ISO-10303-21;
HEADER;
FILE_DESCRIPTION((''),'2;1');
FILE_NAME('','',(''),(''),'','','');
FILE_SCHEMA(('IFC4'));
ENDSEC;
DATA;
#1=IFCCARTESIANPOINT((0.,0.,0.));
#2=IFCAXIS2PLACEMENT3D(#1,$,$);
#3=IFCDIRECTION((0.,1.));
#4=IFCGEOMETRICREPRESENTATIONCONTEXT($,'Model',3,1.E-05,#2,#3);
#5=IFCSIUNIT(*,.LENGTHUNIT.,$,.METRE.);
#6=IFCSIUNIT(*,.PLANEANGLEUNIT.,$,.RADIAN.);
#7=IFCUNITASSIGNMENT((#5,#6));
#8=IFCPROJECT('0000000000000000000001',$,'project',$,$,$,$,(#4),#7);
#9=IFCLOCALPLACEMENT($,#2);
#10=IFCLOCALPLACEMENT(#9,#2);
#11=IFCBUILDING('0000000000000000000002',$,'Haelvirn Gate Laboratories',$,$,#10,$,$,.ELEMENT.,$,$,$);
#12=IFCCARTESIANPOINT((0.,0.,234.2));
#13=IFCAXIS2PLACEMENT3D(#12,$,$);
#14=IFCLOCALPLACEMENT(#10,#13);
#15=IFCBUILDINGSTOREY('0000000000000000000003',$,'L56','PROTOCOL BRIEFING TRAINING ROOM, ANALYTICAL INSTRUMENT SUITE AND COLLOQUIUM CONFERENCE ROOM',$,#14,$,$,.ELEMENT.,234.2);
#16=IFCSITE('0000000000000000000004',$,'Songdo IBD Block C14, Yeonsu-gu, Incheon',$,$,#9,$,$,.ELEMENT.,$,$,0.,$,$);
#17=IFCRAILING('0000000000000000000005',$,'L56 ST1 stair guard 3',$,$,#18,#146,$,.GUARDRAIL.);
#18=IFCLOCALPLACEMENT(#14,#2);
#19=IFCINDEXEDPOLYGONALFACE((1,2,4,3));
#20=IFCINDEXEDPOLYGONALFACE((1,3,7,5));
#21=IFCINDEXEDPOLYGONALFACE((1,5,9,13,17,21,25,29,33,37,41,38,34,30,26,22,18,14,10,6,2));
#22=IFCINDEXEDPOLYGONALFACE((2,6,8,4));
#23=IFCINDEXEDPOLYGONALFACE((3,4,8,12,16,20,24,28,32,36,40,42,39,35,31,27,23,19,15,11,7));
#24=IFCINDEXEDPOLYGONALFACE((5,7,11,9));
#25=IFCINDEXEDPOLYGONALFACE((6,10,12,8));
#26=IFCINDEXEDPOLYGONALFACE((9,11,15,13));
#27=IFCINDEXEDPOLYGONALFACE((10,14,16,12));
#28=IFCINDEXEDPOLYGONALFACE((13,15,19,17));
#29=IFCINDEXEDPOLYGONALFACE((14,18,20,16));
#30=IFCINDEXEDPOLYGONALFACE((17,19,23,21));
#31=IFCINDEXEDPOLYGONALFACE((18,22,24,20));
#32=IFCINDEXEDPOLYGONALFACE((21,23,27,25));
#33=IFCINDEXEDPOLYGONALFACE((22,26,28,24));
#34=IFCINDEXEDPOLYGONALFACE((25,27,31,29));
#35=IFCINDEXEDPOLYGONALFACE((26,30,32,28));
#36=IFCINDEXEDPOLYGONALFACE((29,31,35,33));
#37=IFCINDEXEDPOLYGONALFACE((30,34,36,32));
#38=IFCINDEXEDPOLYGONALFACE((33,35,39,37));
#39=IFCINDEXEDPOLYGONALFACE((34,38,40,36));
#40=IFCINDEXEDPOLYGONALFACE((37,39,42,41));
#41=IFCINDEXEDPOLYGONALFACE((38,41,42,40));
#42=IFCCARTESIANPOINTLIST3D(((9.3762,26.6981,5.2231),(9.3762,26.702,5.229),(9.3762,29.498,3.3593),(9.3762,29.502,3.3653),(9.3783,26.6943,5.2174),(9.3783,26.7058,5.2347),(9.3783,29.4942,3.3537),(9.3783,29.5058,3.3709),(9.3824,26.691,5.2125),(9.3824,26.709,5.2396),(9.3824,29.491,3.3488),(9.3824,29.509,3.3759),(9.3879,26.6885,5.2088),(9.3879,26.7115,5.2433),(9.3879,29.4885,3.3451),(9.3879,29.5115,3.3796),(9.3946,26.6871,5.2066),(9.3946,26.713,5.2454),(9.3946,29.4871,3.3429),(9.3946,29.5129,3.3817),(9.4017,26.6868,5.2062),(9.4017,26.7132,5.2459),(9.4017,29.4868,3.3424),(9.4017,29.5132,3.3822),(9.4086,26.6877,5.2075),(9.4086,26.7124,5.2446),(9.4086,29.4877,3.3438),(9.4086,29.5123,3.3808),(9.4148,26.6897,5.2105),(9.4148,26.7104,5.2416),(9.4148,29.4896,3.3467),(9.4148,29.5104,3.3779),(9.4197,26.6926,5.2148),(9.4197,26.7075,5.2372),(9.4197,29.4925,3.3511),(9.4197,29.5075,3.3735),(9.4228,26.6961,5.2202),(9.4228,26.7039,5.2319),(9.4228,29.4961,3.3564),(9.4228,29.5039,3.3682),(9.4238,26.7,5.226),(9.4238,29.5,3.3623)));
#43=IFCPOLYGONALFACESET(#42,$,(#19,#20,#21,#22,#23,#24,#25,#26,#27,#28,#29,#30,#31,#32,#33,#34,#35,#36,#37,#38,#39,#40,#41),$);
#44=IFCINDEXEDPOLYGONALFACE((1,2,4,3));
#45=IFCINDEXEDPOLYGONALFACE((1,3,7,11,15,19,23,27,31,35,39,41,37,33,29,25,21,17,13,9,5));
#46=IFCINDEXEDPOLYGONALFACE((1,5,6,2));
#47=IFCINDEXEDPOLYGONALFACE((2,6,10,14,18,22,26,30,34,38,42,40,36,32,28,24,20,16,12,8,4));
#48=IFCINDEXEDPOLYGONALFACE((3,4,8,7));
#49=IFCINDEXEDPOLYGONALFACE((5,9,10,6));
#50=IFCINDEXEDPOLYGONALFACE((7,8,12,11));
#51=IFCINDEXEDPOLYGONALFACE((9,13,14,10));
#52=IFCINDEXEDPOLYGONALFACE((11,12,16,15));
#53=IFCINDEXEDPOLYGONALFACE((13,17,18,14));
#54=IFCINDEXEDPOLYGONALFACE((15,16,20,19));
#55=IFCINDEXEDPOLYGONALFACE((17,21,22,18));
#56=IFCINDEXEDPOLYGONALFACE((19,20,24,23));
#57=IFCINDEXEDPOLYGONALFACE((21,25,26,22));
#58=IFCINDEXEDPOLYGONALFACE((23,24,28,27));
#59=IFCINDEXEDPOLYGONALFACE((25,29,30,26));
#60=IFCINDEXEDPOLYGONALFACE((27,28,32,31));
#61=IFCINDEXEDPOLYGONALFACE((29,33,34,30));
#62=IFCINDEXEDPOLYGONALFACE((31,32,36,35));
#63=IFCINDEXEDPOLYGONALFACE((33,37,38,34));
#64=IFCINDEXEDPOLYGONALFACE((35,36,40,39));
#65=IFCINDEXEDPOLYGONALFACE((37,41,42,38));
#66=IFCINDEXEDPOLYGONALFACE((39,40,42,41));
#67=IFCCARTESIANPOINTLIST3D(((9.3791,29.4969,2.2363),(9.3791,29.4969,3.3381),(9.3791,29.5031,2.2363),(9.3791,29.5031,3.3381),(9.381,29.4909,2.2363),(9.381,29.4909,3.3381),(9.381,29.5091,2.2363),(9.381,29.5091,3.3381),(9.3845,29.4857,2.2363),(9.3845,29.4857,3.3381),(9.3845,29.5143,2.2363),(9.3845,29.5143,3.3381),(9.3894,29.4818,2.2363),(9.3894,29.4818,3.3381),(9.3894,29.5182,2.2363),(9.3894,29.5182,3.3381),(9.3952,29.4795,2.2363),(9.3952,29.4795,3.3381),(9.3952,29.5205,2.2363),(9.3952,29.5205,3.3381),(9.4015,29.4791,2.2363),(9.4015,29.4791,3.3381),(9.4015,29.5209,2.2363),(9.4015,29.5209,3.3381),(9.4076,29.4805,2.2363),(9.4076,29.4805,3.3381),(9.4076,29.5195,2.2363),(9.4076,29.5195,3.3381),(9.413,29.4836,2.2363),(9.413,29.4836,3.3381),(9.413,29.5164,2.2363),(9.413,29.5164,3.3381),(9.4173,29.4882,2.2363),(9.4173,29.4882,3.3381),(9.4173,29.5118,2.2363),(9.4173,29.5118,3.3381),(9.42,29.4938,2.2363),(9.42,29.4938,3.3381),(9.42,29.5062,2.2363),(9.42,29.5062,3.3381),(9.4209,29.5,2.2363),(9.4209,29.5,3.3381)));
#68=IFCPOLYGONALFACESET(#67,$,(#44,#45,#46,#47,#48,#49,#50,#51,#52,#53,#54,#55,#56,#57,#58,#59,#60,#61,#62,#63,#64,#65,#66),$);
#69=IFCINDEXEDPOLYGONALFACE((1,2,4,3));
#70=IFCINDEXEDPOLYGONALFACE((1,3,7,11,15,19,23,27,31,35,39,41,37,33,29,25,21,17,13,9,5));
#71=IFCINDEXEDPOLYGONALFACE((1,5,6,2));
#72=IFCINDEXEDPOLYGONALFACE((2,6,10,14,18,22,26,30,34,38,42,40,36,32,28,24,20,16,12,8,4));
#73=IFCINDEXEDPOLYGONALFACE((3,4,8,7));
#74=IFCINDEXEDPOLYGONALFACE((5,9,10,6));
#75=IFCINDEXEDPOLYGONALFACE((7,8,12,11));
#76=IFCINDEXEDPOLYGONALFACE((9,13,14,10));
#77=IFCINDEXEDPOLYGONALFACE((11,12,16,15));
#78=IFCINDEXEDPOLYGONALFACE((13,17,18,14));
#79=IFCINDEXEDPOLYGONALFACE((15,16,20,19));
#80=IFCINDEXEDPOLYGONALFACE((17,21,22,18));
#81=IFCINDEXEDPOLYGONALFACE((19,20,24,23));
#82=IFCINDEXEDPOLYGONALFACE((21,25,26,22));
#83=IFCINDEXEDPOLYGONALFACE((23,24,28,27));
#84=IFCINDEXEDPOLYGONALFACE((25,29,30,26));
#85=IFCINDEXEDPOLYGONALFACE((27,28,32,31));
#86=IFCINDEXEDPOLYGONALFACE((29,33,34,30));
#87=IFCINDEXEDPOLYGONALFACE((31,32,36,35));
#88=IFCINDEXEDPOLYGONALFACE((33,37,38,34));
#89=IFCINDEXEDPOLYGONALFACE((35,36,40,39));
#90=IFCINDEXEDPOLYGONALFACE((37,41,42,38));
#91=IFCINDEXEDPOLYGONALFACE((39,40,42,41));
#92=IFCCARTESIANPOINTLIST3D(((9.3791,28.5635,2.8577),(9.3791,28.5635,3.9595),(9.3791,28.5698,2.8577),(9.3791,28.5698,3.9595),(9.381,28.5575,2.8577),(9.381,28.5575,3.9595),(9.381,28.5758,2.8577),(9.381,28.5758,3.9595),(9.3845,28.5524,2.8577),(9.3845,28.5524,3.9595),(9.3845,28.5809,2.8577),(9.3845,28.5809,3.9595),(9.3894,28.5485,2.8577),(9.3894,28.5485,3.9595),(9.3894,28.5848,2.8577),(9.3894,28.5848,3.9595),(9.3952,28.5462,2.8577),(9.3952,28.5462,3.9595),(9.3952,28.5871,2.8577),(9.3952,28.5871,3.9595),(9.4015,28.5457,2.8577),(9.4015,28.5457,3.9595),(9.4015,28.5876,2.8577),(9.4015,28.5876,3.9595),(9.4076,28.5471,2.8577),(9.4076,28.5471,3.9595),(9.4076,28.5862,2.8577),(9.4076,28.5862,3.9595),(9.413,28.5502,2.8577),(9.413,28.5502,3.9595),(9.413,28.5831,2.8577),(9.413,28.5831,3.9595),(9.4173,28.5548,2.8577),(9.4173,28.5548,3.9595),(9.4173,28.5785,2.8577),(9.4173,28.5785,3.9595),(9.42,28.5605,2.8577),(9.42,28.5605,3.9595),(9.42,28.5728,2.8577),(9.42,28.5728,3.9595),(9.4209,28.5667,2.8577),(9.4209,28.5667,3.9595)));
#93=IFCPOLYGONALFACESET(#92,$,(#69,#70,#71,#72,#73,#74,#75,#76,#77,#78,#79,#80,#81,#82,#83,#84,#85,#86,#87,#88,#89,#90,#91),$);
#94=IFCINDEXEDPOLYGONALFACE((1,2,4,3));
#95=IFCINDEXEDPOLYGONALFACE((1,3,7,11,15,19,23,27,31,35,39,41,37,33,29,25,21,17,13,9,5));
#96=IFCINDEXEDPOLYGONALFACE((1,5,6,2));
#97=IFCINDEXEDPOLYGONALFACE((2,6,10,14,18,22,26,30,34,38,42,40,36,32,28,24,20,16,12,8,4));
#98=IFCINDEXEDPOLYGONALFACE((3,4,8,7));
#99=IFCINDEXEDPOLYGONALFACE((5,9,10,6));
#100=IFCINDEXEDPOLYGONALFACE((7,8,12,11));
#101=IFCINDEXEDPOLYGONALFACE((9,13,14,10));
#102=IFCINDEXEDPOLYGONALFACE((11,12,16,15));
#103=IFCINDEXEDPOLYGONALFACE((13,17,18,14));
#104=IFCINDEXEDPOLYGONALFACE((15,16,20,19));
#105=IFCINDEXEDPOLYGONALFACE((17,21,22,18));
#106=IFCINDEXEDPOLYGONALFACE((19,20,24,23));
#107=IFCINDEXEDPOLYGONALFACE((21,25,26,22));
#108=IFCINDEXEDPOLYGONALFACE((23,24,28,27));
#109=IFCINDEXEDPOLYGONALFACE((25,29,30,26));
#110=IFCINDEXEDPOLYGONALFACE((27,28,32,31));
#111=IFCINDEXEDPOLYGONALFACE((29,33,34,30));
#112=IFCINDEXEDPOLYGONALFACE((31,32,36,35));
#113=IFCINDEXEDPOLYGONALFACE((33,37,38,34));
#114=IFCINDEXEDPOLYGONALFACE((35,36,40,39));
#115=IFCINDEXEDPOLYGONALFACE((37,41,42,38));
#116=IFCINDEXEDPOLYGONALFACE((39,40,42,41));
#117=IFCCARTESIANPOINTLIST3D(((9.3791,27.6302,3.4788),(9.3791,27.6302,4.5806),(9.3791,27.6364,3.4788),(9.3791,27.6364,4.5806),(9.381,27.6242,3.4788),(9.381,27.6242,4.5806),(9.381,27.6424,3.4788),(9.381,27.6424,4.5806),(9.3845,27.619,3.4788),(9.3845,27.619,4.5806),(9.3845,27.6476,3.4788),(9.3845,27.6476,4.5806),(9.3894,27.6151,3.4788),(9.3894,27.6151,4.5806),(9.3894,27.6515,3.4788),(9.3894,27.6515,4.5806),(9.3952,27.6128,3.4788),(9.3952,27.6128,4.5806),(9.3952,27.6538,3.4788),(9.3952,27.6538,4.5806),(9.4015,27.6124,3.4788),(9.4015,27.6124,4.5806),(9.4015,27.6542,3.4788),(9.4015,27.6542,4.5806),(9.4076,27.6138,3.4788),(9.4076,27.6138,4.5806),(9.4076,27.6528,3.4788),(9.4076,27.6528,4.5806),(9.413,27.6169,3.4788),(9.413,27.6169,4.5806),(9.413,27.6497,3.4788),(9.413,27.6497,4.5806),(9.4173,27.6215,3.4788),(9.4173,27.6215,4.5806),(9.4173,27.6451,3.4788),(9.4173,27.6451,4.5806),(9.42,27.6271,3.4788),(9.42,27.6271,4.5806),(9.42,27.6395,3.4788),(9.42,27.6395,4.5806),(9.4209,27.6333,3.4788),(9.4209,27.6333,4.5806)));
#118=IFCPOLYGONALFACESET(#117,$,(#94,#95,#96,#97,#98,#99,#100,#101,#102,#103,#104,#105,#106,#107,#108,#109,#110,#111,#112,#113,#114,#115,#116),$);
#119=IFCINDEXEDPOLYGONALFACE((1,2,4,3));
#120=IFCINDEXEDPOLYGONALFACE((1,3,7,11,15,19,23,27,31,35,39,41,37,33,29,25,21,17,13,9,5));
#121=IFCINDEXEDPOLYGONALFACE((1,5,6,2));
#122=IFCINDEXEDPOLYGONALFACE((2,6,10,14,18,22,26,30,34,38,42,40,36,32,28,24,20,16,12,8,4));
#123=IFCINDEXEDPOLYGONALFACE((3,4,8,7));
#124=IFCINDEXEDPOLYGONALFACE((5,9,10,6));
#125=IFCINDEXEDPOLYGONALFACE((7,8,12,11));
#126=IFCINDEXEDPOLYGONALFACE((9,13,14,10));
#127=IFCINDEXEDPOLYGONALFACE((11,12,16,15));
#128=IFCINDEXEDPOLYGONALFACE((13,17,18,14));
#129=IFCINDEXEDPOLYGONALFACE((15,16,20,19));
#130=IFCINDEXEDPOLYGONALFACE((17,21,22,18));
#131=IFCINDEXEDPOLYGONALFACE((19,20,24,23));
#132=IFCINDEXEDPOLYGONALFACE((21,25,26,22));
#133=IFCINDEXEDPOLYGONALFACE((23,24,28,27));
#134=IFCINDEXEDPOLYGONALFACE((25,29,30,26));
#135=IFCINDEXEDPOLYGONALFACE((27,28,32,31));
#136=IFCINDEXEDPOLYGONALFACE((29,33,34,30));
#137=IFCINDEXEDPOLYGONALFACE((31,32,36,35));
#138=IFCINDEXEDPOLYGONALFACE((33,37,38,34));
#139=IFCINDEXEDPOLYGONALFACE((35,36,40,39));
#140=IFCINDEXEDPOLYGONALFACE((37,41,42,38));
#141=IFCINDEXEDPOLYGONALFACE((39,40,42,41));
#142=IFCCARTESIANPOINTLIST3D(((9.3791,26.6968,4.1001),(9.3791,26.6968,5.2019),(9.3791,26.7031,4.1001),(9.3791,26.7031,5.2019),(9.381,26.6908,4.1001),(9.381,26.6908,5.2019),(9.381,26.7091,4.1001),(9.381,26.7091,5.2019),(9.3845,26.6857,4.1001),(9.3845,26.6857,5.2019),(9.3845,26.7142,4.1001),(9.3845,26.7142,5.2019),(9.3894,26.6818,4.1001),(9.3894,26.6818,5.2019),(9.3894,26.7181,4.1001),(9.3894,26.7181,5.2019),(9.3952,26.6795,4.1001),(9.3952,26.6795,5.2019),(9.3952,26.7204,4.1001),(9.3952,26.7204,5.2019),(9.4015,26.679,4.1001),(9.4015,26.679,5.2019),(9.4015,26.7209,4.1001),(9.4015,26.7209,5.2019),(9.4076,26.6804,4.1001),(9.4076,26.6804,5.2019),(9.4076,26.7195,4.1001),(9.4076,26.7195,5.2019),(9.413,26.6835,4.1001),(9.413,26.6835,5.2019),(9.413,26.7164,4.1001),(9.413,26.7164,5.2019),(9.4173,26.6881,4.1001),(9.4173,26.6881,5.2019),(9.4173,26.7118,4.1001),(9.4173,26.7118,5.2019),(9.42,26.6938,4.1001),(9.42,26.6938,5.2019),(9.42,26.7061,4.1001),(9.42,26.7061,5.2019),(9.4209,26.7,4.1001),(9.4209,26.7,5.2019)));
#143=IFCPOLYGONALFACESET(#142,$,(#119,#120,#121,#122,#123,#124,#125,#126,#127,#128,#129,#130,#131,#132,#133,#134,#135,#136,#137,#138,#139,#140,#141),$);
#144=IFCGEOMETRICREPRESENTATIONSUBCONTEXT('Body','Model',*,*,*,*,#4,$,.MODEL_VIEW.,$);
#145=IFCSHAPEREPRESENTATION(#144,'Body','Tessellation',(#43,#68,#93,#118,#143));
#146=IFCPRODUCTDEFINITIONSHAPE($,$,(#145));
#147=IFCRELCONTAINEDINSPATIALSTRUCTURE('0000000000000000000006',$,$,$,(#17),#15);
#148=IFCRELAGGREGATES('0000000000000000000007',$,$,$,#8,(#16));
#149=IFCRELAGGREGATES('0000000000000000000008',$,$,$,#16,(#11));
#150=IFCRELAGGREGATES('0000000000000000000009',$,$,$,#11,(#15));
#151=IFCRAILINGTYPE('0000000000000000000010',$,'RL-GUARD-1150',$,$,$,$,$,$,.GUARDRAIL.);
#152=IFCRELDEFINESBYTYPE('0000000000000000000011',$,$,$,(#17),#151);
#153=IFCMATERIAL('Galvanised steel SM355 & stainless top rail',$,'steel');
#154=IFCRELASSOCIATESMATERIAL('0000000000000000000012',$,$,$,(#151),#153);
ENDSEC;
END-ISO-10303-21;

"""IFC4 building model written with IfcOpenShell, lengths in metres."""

from ifc_helpers import new_model, si_unit, direction, frame, origin, origin_2d, place, context, subcontext, project, spatial, circle, extrude, source, transform, mapped, material, type_object, element, save


model = new_model("IFC4")

# Units and contexts
model_context = context("Model", 3, precision=1e-05, world=origin(), true_north=direction((0.0, 1.0)))
body_context = subcontext(model_context, "Body", "Model", "MODEL_VIEW")
ifc_project = project(units=[si_unit("LENGTHUNIT", "METRE"), si_unit("PLANEANGLEUNIT", "RADIAN")], contexts=[model_context])

# Site, building, storey
site_placement = place(None, origin())
site = spatial("IfcSite", under=ifc_project, at=site_placement, Name="Songdo IBD Block C14, Yeonsu-gu, Incheon", CompositionType="ELEMENT", RefElevation=0.0)
building_placement = place(site_placement, origin())
building = spatial("IfcBuilding", under=site, at=building_placement, Name="Haelvirn Gate Laboratories", CompositionType="ELEMENT")
storey_placement = place(building_placement, frame((0.0, 0.0, 234.2)))
storey = spatial("IfcBuildingStorey", under=building, at=storey_placement, Name="L56", Description="PROTOCOL BRIEFING TRAINING ROOM, ANALYTICAL INSTRUMENT SUITE AND COLLOQUIUM CONFERENCE ROOM", CompositionType="ELEMENT", Elevation=234.2)

# Railing
ifc_material_1 = material(Name="Galvanised steel SM355 & stainless top rail", Category="steel")
railing_type_1 = type_object("IfcRailingType", Name="RL-GUARD-1150", PredefinedType="GUARDRAIL", material=ifc_material_1)
shared_shape_1 = source(origin(), body_context, "Body", "SweptSolid", [
    extrude(circle(Radius=0.0239, at=origin_2d()), frame((0.0, 0.0, 1.126), z_axis=(0.0, -0.832452, 0.554097), x_axis=(1.0, 0.0, 0.0)), (0.0, 0.0, 1.0), 3.3635),
    extrude(circle(Radius=0.021, at=origin_2d()), origin(), (0.0, 0.0, 1.0), 1.1018),
    extrude(circle(Radius=0.021, at=origin_2d()), frame((0.0, -0.9333, 0.6213)), (0.0, 0.0, 1.0), 1.1018),
    extrude(circle(Radius=0.021, at=origin_2d()), frame((0.0, -1.8667, 1.2424)), (0.0, 0.0, 1.0), 1.1018),
    extrude(circle(Radius=0.021, at=origin_2d()), frame((0.0, -2.8, 1.8638)), (0.0, 0.0, 1.0), 1.1018),
])
railing_1_placement = place(storey_placement, frame((9.3999, 29.5, 2.2363)))
element("IfcRailing", 1, at=railing_1_placement, inside=storey, type_object=railing_type_1, Name="L56 ST1 stair guard 3", PredefinedType="GUARDRAIL", context=body_context, shape_type="MappedRepresentation", body=[
    mapped(shared_shape_1, transform((0.0, 0.0, 0.0), scale=1.0)),
])

save(model, "model.ifc")
